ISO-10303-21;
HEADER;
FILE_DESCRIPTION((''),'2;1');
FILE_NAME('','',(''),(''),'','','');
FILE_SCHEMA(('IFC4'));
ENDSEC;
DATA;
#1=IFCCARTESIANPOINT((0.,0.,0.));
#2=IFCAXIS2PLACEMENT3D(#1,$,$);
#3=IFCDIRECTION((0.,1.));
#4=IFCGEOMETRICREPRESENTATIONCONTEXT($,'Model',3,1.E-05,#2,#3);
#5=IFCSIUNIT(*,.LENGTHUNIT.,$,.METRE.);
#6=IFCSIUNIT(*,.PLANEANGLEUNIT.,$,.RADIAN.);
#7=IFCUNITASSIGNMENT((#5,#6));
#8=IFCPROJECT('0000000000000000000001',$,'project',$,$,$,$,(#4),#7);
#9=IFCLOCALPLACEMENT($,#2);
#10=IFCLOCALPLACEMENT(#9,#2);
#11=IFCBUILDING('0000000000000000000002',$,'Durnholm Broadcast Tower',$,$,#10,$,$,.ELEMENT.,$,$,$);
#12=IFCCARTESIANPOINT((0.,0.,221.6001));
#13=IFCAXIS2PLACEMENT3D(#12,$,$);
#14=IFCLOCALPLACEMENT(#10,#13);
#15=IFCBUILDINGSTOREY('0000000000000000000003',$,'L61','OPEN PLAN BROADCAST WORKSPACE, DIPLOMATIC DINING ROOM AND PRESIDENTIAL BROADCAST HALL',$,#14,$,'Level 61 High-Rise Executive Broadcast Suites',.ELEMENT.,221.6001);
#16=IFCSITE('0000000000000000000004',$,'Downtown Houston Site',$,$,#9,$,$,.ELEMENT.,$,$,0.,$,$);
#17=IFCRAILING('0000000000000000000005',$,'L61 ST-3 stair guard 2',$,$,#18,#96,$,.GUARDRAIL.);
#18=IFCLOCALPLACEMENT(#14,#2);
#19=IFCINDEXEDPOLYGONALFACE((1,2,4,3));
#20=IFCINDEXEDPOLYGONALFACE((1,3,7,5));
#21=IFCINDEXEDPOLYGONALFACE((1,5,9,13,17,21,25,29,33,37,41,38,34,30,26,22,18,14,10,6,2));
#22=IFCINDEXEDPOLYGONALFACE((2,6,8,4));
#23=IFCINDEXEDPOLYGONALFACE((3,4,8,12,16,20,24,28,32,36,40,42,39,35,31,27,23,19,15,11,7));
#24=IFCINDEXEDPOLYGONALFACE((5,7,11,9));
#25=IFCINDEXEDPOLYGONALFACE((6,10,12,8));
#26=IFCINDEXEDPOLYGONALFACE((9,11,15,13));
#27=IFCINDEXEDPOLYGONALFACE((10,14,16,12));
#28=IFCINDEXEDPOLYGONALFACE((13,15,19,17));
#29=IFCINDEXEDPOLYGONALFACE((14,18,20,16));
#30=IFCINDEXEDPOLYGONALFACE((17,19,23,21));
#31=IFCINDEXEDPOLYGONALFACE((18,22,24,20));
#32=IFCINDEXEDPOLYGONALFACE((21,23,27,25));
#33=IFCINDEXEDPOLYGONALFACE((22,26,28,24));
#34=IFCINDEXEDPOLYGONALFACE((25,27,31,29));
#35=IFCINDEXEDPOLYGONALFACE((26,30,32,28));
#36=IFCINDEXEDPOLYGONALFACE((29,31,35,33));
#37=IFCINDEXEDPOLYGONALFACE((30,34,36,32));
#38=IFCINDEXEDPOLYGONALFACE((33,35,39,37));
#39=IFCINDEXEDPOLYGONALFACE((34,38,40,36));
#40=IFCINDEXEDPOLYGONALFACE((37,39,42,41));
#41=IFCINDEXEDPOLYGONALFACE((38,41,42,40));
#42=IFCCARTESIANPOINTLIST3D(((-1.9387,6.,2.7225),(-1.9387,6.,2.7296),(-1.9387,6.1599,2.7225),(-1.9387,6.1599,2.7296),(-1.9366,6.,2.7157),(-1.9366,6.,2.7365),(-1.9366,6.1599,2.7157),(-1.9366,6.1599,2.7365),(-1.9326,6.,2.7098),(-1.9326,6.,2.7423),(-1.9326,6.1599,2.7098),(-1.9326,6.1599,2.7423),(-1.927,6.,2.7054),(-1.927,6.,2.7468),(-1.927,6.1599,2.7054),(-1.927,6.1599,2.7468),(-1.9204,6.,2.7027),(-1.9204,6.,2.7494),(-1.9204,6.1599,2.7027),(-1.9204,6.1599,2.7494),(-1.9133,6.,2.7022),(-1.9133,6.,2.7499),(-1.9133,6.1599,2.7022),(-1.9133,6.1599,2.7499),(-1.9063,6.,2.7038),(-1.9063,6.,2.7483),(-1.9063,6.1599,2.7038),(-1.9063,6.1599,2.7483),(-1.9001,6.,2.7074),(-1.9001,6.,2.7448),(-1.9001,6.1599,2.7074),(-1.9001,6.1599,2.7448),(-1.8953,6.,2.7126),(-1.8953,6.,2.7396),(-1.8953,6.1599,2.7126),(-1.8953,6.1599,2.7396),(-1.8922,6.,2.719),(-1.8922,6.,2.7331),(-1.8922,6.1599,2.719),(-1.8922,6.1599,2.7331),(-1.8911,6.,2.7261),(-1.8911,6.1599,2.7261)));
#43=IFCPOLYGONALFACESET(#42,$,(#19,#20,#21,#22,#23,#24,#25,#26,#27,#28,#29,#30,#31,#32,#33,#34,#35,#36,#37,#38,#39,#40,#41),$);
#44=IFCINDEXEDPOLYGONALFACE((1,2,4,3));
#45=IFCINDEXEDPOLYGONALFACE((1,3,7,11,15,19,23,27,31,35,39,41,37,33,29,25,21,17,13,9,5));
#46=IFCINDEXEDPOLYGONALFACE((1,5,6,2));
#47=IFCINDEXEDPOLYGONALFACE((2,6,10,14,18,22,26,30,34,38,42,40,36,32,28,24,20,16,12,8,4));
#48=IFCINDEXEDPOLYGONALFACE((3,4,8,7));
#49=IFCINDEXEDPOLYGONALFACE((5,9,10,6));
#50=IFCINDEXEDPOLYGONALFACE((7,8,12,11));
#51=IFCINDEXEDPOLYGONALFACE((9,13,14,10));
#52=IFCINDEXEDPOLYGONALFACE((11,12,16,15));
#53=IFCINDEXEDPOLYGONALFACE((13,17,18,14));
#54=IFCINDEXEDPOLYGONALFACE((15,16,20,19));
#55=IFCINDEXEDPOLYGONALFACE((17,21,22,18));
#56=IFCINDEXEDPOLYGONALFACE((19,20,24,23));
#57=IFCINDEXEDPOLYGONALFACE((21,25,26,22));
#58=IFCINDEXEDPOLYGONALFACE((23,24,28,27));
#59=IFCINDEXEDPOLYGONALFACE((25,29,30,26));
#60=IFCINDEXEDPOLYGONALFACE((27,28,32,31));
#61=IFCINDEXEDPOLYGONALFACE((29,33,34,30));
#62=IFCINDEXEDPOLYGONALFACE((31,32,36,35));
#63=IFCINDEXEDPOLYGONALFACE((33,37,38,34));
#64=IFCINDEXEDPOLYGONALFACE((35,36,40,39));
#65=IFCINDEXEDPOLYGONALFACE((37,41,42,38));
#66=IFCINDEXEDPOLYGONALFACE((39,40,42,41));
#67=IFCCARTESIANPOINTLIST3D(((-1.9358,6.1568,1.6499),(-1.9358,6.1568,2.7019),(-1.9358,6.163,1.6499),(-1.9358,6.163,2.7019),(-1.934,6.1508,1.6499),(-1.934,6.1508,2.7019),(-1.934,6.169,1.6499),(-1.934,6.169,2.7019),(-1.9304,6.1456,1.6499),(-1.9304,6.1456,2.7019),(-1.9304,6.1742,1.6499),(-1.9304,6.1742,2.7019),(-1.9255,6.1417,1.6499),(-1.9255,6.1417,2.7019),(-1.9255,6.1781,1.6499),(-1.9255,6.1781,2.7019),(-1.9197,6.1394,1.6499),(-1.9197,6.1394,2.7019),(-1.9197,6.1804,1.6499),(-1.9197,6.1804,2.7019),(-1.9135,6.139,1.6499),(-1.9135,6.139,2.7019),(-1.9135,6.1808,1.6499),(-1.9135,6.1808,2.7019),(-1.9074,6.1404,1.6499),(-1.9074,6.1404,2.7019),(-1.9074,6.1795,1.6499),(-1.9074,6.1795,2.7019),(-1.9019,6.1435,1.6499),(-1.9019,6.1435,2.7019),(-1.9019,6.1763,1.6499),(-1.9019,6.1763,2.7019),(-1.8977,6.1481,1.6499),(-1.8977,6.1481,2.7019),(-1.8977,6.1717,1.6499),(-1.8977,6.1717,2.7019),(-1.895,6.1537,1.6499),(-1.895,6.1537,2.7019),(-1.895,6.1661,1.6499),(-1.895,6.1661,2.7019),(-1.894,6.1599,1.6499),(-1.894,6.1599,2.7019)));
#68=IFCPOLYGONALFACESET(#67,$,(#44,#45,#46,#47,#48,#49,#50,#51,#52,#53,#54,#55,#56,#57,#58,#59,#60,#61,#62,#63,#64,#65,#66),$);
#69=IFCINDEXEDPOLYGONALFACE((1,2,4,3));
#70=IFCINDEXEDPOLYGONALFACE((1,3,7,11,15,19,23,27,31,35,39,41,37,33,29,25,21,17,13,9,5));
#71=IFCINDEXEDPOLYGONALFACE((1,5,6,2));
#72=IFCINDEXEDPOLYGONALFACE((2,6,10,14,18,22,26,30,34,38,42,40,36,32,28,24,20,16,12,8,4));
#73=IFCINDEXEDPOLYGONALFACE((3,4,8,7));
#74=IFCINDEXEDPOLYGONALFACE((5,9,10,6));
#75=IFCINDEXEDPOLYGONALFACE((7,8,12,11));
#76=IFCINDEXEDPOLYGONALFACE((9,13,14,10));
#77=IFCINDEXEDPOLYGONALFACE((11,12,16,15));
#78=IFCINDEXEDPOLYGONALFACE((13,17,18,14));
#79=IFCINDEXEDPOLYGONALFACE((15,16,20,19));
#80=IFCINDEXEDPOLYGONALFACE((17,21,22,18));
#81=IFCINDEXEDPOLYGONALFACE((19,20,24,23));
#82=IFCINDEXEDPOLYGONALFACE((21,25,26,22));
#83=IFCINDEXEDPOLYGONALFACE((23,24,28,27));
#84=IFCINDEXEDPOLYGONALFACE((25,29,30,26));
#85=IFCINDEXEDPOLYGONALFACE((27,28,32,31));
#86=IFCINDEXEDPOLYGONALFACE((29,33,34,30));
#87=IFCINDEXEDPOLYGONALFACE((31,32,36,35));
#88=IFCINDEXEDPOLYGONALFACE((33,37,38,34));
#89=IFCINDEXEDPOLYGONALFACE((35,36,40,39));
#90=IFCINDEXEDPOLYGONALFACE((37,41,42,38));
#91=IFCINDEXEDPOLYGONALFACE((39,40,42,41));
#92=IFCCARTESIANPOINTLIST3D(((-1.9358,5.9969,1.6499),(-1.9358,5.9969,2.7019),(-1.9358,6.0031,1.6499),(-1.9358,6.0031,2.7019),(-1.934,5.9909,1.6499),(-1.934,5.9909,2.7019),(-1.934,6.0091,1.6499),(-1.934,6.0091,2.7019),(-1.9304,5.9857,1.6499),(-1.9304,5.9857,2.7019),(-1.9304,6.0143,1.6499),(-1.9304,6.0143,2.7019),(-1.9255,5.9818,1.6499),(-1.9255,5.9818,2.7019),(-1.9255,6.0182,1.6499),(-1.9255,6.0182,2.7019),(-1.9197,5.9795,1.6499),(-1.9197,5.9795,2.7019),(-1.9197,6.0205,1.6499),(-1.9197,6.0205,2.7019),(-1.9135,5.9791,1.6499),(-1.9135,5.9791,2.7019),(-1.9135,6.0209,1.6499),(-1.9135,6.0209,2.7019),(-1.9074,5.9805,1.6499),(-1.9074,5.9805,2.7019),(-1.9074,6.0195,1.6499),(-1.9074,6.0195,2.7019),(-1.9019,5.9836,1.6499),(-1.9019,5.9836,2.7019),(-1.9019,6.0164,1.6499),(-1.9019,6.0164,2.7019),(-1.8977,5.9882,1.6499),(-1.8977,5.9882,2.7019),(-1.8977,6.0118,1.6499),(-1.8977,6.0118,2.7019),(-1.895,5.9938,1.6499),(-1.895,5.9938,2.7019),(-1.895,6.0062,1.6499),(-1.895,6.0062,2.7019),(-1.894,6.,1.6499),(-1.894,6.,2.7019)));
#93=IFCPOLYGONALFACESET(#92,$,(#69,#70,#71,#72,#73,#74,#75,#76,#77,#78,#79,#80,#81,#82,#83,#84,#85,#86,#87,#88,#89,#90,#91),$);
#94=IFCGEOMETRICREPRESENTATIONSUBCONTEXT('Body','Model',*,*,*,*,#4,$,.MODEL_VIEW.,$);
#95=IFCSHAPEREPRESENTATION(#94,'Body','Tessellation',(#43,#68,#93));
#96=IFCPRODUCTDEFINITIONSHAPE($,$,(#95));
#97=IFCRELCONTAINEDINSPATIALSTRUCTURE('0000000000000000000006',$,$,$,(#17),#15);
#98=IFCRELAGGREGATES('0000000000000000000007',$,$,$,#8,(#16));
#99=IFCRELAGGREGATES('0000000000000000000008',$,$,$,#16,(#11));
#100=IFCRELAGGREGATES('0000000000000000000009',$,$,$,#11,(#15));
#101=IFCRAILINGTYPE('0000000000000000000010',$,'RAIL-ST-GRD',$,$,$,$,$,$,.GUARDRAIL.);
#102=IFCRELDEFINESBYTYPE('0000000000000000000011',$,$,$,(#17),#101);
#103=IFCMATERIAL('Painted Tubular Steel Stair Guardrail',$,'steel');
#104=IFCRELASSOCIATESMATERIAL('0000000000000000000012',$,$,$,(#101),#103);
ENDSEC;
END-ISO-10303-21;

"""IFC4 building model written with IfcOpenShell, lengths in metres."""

from ifc_helpers import new_model, si_unit, direction, frame, origin, origin_2d, place, context, subcontext, project, spatial, circle, extrude, material, type_object, element, save


model = new_model("IFC4")

# Units and contexts
model_context = context("Model", 3, precision=1e-05, world=origin(), true_north=direction((0.0, 1.0)))
body_context = subcontext(model_context, "Body", "Model", "MODEL_VIEW")
ifc_project = project(units=[si_unit("LENGTHUNIT", "METRE"), si_unit("PLANEANGLEUNIT", "RADIAN")], contexts=[model_context])

# Site, building, storey
site_placement = place(None, origin())
site = spatial("IfcSite", under=ifc_project, at=site_placement, Name="Downtown Houston Site", CompositionType="ELEMENT", RefElevation=0.0)
building_placement = place(site_placement, origin())
building = spatial("IfcBuilding", under=site, at=building_placement, Name="Durnholm Broadcast Tower", CompositionType="ELEMENT")
storey_placement = place(building_placement, frame((0.0, 0.0, 221.6001)))
storey = spatial("IfcBuildingStorey", under=building, at=storey_placement, Name="L61", Description="OPEN PLAN BROADCAST WORKSPACE, DIPLOMATIC DINING ROOM AND PRESIDENTIAL BROADCAST HALL", LongName="Level 61 High-Rise Executive Broadcast Suites", CompositionType="ELEMENT", Elevation=221.6001)

# Railing
ifc_material_1 = material(Name="Painted Tubular Steel Stair Guardrail", Category="steel")
railing_type_1 = type_object("IfcRailingType", Name="RAIL-ST-GRD", PredefinedType="GUARDRAIL", material=ifc_material_1)
railing_1_placement = place(storey_placement, frame((-1.915, 6.1599, 1.6499)))
element("IfcRailing", 1, at=railing_1_placement, inside=storey, type_object=railing_type_1, Name="L61 ST-3 stair guard 2", PredefinedType="GUARDRAIL", context=body_context, shape_type="SweptSolid", body=[
    extrude(circle(Radius=0.0239, at=origin_2d()), frame((0.0, 0.0, 1.0762), z_axis=(0.0, -1.0, 0.0), x_axis=(1.0, 0.0, 0.0)), (0.0, 0.0, 1.0), 0.1599),
    extrude(circle(Radius=0.021, at=origin_2d()), origin(), (0.0, 0.0, 1.0), 1.052),
    extrude(circle(Radius=0.021, at=origin_2d()), frame((0.0, -0.1599, 0.0)), (0.0, 0.0, 1.0), 1.052),
])

save(model, "model.ifc")
